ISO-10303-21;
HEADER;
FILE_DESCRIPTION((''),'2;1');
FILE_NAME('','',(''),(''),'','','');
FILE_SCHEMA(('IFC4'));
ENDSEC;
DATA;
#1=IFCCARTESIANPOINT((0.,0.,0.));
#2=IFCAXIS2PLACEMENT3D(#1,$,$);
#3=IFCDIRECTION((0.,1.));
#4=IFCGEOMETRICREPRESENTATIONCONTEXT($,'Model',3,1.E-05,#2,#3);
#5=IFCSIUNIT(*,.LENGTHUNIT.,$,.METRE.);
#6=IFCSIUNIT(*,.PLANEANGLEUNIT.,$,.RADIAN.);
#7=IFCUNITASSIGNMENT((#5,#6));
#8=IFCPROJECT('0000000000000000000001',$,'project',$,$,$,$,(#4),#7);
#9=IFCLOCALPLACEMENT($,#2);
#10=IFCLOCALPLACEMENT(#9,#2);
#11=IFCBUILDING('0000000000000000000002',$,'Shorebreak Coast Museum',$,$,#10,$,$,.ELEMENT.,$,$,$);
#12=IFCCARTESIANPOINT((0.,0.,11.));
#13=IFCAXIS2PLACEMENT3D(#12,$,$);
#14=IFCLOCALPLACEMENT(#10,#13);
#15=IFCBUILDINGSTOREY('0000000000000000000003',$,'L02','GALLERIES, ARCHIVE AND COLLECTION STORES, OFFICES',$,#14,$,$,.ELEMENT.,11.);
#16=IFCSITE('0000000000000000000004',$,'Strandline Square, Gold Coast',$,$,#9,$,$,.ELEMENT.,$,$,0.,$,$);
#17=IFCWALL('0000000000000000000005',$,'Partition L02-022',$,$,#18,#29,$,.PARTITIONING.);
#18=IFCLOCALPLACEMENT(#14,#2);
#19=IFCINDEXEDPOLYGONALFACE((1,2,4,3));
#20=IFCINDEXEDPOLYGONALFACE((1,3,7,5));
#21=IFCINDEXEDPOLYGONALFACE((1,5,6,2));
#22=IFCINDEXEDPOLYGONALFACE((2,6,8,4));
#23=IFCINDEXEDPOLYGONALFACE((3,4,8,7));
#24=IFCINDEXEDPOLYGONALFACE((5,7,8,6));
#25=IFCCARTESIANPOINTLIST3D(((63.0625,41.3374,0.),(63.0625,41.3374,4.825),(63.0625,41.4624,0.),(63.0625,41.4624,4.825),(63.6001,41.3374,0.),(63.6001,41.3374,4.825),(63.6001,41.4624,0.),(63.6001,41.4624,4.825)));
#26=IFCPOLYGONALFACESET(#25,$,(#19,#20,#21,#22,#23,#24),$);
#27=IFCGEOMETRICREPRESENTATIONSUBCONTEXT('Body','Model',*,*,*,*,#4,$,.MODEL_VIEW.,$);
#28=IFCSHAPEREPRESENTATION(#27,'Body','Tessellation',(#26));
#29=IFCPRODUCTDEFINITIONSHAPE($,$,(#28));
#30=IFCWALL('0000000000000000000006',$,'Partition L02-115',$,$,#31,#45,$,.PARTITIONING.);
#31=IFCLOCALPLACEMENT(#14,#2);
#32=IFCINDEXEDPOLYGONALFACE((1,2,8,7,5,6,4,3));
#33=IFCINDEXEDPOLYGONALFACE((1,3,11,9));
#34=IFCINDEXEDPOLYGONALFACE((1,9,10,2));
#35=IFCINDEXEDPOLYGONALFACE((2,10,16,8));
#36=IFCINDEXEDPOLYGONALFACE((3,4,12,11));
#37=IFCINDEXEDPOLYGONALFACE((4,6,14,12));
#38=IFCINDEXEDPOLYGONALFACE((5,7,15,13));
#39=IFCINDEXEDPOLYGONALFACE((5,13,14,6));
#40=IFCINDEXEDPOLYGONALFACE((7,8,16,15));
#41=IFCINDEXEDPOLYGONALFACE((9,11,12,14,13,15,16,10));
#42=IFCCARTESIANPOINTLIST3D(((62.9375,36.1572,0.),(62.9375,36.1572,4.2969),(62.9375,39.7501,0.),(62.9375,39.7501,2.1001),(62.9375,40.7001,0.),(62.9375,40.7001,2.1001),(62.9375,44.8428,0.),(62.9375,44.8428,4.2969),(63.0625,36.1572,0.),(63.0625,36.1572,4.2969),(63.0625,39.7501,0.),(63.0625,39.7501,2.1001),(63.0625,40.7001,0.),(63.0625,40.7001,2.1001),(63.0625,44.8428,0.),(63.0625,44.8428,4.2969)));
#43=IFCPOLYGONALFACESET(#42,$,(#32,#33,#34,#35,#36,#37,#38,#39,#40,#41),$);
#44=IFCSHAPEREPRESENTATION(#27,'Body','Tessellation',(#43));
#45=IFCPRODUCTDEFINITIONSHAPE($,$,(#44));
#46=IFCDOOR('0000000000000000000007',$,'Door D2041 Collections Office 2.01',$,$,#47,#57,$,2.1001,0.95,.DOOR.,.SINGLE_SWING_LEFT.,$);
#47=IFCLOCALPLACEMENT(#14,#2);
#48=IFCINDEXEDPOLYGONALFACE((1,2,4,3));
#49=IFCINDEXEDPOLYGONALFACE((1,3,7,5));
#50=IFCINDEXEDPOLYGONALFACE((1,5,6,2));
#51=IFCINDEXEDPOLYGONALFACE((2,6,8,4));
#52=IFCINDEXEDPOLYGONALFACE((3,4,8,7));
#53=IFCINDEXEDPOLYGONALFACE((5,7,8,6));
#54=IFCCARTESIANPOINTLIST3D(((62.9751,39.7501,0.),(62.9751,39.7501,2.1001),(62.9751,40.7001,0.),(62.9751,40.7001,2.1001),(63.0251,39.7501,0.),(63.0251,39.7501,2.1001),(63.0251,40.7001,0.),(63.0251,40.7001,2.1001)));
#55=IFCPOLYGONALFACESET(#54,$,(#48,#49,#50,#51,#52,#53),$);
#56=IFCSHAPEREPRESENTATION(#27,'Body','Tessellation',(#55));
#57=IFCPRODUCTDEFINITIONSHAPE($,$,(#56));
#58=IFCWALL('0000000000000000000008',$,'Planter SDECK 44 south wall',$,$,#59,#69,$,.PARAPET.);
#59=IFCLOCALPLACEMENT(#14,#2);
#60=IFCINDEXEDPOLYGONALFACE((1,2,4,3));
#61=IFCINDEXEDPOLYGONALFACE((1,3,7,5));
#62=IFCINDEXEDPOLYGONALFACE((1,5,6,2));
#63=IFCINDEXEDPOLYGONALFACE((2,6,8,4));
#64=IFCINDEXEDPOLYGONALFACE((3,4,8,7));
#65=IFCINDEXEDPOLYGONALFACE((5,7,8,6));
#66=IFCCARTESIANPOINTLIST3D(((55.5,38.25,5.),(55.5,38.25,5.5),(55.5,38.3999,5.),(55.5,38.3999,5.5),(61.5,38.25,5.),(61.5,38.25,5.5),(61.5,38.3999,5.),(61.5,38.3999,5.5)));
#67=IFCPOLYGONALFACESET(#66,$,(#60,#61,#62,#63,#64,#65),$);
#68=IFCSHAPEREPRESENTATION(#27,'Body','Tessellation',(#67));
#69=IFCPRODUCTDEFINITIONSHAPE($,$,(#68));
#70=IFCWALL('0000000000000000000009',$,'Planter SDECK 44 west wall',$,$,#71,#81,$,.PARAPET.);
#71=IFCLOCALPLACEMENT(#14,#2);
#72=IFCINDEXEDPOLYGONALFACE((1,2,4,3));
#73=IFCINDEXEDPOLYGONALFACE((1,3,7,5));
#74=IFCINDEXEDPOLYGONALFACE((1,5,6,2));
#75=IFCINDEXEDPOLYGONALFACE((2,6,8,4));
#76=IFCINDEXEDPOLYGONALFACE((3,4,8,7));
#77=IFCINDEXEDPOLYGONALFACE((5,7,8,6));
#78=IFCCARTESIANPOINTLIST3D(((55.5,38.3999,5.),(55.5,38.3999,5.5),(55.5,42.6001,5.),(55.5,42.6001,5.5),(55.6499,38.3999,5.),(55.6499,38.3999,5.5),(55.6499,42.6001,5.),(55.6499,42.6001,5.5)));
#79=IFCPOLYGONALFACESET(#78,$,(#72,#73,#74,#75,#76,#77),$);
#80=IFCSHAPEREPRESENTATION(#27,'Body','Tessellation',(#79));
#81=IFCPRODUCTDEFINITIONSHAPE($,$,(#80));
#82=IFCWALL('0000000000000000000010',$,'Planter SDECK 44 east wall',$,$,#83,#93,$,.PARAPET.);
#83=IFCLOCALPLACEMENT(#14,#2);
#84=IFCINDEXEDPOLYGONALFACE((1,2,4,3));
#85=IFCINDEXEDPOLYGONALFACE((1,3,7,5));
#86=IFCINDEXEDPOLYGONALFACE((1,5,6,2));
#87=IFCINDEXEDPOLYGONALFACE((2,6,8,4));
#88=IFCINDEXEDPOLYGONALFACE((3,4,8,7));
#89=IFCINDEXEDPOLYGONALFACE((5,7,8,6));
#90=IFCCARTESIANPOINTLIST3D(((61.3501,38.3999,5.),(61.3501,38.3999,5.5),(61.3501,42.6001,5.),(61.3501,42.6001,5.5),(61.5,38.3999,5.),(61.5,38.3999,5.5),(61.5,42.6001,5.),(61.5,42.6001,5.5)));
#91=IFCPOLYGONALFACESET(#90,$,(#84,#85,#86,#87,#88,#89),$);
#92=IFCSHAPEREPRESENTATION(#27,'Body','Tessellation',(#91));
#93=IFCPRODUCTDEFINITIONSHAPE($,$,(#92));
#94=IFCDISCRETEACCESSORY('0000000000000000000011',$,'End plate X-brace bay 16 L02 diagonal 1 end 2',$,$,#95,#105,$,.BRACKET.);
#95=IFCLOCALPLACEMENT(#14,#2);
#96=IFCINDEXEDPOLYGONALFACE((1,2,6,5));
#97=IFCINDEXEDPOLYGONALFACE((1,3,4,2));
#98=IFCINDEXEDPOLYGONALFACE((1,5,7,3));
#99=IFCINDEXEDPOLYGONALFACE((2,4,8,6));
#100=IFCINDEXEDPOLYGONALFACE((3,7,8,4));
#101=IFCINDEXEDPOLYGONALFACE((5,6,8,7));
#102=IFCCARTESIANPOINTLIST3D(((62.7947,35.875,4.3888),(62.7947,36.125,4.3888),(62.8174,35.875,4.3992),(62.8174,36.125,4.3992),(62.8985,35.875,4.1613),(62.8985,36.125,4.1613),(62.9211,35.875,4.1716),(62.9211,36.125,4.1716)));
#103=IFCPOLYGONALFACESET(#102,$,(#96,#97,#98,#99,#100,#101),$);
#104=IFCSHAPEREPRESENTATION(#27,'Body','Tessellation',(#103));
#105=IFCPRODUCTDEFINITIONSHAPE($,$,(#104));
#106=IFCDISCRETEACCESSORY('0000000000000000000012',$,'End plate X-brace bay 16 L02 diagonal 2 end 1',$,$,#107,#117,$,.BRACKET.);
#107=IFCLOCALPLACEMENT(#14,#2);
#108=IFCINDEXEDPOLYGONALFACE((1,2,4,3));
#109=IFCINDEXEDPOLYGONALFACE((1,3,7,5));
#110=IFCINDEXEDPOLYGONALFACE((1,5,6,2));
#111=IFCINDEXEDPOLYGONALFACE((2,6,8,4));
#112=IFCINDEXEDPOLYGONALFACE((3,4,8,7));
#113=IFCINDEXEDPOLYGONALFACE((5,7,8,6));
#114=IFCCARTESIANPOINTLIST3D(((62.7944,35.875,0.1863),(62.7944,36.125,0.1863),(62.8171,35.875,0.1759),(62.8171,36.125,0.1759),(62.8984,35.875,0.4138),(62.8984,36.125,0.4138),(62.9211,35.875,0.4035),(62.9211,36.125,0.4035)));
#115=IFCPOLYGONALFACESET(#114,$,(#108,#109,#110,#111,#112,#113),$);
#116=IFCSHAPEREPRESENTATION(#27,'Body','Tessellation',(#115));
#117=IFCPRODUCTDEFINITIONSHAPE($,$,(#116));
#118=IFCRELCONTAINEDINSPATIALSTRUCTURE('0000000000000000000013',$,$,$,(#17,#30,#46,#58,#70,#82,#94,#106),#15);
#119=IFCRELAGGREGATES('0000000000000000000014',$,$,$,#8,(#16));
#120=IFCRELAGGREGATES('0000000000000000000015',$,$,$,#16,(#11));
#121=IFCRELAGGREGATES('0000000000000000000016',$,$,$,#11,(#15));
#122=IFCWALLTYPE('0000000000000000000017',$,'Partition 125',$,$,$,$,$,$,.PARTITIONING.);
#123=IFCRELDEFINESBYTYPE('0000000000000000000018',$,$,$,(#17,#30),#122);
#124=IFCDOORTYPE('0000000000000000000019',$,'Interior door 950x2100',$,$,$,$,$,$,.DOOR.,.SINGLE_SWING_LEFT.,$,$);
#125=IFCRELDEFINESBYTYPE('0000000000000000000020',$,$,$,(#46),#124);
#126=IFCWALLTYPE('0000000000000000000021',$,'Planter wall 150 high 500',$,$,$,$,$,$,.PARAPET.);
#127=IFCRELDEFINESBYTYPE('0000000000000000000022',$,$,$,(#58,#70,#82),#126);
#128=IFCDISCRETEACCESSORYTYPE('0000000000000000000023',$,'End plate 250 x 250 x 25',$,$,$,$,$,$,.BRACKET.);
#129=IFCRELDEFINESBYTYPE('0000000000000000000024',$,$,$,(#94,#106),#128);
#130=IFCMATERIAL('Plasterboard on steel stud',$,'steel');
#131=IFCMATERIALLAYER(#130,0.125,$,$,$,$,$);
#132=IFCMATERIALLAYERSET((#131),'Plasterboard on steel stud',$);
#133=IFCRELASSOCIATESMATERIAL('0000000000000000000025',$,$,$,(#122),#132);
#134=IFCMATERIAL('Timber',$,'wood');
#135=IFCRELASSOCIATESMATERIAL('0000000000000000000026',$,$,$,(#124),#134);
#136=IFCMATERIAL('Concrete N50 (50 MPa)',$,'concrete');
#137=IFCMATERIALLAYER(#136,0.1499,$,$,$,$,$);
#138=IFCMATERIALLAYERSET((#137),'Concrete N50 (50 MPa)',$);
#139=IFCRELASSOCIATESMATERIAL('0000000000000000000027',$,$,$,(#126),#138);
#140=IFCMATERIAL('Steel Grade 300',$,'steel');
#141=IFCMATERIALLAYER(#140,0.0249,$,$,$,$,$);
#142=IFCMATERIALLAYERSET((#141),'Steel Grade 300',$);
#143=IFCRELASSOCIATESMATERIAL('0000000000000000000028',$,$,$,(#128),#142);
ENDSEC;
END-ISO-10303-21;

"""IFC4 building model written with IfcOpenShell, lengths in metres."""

from ifc_helpers import new_model, si_unit, direction, frame, frame_2d, origin, place, context, subcontext, project, spatial, polyline, rectangle, outline, extrude, material, layer, layer_set, type_object, element, fill, save


model = new_model("IFC4")

# Units and contexts
model_context = context("Model", 3, precision=1e-05, world=origin(), true_north=direction((0.0, 1.0)))
body_context = subcontext(model_context, "Body", "Model", "MODEL_VIEW")
ifc_project = project(units=[si_unit("LENGTHUNIT", "METRE"), si_unit("PLANEANGLEUNIT", "RADIAN")], contexts=[model_context])

# Site, building, storey
site_placement = place(None, origin())
site = spatial("IfcSite", under=ifc_project, at=site_placement, Name="Strandline Square, Gold Coast", CompositionType="ELEMENT", RefElevation=0.0)
building_placement = place(site_placement, origin())
building = spatial("IfcBuilding", under=site, at=building_placement, Name="Shorebreak Coast Museum", CompositionType="ELEMENT")
storey_placement = place(building_placement, frame((0.0, 0.0, 11.0)))
storey = spatial("IfcBuildingStorey", under=building, at=storey_placement, Name="L02", Description="GALLERIES, ARCHIVE AND COLLECTION STORES, OFFICES", CompositionType="ELEMENT", Elevation=11.0)

# Shared definitions
ifc_material_1 = material(Name="Plasterboard on steel stud", Category="steel")
ifc_layer_1 = layer(ifc_material_1, 0.125)
ifc_layer_set_1 = layer_set([ifc_layer_1], Name="Plasterboard on steel stud")
wall_type_1 = type_object("IfcWallType", Name="Partition 125", PredefinedType="PARTITIONING", material=ifc_layer_set_1)

# Wall
wall_1_placement = place(storey_placement, frame((63.0625, 41.3999, 0.0), z_axis=(0.0, 0.0, 1.0), x_axis=(1.0, 0.0, 0.0)))
element("IfcWall", 1, at=wall_1_placement, inside=storey, type_object=wall_type_1, Name="Partition L02-022", PredefinedType="PARTITIONING", context=body_context, shape_type="SweptSolid", body=[
    extrude(rectangle(XDim=0.5376, YDim=0.125, at=frame_2d((0.2688, 0.0))), origin(), (0.0, 0.0, 1.0), 4.825),
])

# Wall, opening, door
wall_2_placement = place(storey_placement, frame((63.0, 36.1572, 0.0), z_axis=(0.0, 0.0, 1.0), x_axis=(0.0, 1.0, 0.0)))
wall_2 = element("IfcWall", 2, at=wall_2_placement, inside=storey, type_object=wall_type_1, Name="Partition L02-115", PredefinedType="PARTITIONING", context=body_context, shape_type="SweptSolid", body=[
    extrude(rectangle(XDim=8.6855, YDim=0.125, at=frame_2d((4.3428, 0.0))), origin(), (0.0, 0.0, 1.0), 4.2969),
])
opening_1_placement = place(wall_2_placement, frame((3.5928, 0.0, 0.0)))
opening_1 = element("IfcOpeningElement", 3, at=opening_1_placement, cuts=wall_2, PredefinedType="OPENING", context=body_context, shape_type="SweptSolid", body=[
    extrude(rectangle(XDim=0.95, YDim=2.1001, at=frame_2d((0.4751, 1.05))), frame((0.0, 0.0725, 0.0), z_axis=(0.0, -1.0, 0.0), x_axis=(1.0, 0.0, 0.0)), (0.0, 0.0, 1.0), 0.145),
])
ifc_material_2 = material(Name="Timber", Category="wood")
door_type_1 = type_object("IfcDoorType", Name="Interior door 950x2100", OperationType="SINGLE_SWING_LEFT", PredefinedType="DOOR", material=ifc_material_2)
door_1_placement = place(opening_1_placement, origin())
door_1 = element("IfcDoor", 4, at=door_1_placement, inside=storey, type_object=door_type_1, Name="Door D2041 Collections Office 2.01", OperationType="SINGLE_SWING_LEFT", OverallHeight=2.1001, OverallWidth=0.95, PredefinedType="DOOR", context=body_context, shape_type="SweptSolid", body=[
    extrude(rectangle(XDim=0.95, YDim=2.1001, at=frame_2d((0.4751, 1.05))), frame((0.0, 0.0249, 0.0), z_axis=(0.0, -1.0, 0.0), x_axis=(1.0, 0.0, 0.0)), (0.0, 0.0, 1.0), 0.05),
])
fill(opening_1, door_1)

# Walls
ifc_material_3 = material(Name="Concrete N50 (50 MPa)", Category="concrete")
ifc_layer_2 = layer(ifc_material_3, 0.1499)
ifc_layer_set_2 = layer_set([ifc_layer_2], Name="Concrete N50 (50 MPa)")
wall_type_2 = type_object("IfcWallType", Name="Planter wall 150 high 500", PredefinedType="PARAPET", material=ifc_layer_set_2)
wall_3_placement = place(storey_placement, frame((55.5, 38.325, 5.0), z_axis=(0.0, 0.0, 1.0), x_axis=(1.0, 0.0, 0.0)))
element("IfcWall", 5, at=wall_3_placement, inside=storey, type_object=wall_type_2, Name="Planter SDECK 44 south wall", PredefinedType="PARAPET", context=body_context, shape_type="SweptSolid", body=[
    extrude(rectangle(XDim=6.0, YDim=0.1499, at=frame_2d((3.0, 0.0))), origin(), (0.0, 0.0, 1.0), 0.5),
])
for number, where, z_axis, x_axis, name in (
    (6, (55.575, 38.3999, 5.0), (0.0, 0.0, 1.0), (0.0, 1.0, 0.0), "Planter SDECK 44 west wall"),
    (7, (61.425, 38.3999, 5.0), (0.0, 0.0, 1.0), (0.0, 1.0, 0.0), "Planter SDECK 44 east wall"),
):
    element("IfcWall", number, at=place(storey_placement, frame(where, z_axis=z_axis, x_axis=x_axis)), inside=storey, type_object=wall_type_2, Name=name, PredefinedType="PARAPET", context=body_context, shape_type="SweptSolid", body=[
        extrude(rectangle(XDim=4.2002, YDim=0.1499, at=frame_2d((2.1001, 0.0))), origin(), (0.0, 0.0, 1.0), 0.5),
    ])

# Discrete accessories
ifc_material_4 = material(Name="Steel Grade 300", Category="steel")
ifc_layer_3 = layer(ifc_material_4, 0.0249)
ifc_layer_set_3 = layer_set([ifc_layer_3], Name="Steel Grade 300")
discrete_accessory_type = type_object("IfcDiscreteAccessoryType", Name="End plate 250 x 250 x 25", PredefinedType="BRACKET", material=ifc_layer_set_3)
discrete_accessory_1_placement = place(storey_placement, frame((62.9211, 35.875, 4.1716), z_axis=(0.909864, 0.0, 0.414906), x_axis=(0.0, 1.0, 0.0)))
element("IfcDiscreteAccessory", 8, at=discrete_accessory_1_placement, inside=storey, type_object=discrete_accessory_type, Name="End plate X-brace bay 16 L02 diagonal 1 end 2", PredefinedType="BRACKET", context=body_context, shape_type="SweptSolid", body=[
    extrude(outline(polyline([(0.0, 0.0), (0.25, 0.0), (0.25, 0.2501), (0.0, 0.2501), (0.0, 0.0)])), origin(), (0.0, 0.0, -1.0), 0.0249),
])
discrete_accessory_2_placement = place(storey_placement, frame((62.7944, 36.125, 0.1863), z_axis=(-0.909496, 0.0, 0.415714), x_axis=(0.0, -1.0, 0.0)))
element("IfcDiscreteAccessory", 9, at=discrete_accessory_2_placement, inside=storey, type_object=discrete_accessory_type, Name="End plate X-brace bay 16 L02 diagonal 2 end 1", PredefinedType="BRACKET", context=body_context, shape_type="SweptSolid", body=[
    extrude(outline(polyline([(0.0, 0.0), (0.25, 0.0), (0.25, 0.2502), (0.0, 0.2502), (0.0, 0.0)])), origin(), (0.0, 0.0, -1.0), 0.0249),
])

save(model, "model.ifc")
